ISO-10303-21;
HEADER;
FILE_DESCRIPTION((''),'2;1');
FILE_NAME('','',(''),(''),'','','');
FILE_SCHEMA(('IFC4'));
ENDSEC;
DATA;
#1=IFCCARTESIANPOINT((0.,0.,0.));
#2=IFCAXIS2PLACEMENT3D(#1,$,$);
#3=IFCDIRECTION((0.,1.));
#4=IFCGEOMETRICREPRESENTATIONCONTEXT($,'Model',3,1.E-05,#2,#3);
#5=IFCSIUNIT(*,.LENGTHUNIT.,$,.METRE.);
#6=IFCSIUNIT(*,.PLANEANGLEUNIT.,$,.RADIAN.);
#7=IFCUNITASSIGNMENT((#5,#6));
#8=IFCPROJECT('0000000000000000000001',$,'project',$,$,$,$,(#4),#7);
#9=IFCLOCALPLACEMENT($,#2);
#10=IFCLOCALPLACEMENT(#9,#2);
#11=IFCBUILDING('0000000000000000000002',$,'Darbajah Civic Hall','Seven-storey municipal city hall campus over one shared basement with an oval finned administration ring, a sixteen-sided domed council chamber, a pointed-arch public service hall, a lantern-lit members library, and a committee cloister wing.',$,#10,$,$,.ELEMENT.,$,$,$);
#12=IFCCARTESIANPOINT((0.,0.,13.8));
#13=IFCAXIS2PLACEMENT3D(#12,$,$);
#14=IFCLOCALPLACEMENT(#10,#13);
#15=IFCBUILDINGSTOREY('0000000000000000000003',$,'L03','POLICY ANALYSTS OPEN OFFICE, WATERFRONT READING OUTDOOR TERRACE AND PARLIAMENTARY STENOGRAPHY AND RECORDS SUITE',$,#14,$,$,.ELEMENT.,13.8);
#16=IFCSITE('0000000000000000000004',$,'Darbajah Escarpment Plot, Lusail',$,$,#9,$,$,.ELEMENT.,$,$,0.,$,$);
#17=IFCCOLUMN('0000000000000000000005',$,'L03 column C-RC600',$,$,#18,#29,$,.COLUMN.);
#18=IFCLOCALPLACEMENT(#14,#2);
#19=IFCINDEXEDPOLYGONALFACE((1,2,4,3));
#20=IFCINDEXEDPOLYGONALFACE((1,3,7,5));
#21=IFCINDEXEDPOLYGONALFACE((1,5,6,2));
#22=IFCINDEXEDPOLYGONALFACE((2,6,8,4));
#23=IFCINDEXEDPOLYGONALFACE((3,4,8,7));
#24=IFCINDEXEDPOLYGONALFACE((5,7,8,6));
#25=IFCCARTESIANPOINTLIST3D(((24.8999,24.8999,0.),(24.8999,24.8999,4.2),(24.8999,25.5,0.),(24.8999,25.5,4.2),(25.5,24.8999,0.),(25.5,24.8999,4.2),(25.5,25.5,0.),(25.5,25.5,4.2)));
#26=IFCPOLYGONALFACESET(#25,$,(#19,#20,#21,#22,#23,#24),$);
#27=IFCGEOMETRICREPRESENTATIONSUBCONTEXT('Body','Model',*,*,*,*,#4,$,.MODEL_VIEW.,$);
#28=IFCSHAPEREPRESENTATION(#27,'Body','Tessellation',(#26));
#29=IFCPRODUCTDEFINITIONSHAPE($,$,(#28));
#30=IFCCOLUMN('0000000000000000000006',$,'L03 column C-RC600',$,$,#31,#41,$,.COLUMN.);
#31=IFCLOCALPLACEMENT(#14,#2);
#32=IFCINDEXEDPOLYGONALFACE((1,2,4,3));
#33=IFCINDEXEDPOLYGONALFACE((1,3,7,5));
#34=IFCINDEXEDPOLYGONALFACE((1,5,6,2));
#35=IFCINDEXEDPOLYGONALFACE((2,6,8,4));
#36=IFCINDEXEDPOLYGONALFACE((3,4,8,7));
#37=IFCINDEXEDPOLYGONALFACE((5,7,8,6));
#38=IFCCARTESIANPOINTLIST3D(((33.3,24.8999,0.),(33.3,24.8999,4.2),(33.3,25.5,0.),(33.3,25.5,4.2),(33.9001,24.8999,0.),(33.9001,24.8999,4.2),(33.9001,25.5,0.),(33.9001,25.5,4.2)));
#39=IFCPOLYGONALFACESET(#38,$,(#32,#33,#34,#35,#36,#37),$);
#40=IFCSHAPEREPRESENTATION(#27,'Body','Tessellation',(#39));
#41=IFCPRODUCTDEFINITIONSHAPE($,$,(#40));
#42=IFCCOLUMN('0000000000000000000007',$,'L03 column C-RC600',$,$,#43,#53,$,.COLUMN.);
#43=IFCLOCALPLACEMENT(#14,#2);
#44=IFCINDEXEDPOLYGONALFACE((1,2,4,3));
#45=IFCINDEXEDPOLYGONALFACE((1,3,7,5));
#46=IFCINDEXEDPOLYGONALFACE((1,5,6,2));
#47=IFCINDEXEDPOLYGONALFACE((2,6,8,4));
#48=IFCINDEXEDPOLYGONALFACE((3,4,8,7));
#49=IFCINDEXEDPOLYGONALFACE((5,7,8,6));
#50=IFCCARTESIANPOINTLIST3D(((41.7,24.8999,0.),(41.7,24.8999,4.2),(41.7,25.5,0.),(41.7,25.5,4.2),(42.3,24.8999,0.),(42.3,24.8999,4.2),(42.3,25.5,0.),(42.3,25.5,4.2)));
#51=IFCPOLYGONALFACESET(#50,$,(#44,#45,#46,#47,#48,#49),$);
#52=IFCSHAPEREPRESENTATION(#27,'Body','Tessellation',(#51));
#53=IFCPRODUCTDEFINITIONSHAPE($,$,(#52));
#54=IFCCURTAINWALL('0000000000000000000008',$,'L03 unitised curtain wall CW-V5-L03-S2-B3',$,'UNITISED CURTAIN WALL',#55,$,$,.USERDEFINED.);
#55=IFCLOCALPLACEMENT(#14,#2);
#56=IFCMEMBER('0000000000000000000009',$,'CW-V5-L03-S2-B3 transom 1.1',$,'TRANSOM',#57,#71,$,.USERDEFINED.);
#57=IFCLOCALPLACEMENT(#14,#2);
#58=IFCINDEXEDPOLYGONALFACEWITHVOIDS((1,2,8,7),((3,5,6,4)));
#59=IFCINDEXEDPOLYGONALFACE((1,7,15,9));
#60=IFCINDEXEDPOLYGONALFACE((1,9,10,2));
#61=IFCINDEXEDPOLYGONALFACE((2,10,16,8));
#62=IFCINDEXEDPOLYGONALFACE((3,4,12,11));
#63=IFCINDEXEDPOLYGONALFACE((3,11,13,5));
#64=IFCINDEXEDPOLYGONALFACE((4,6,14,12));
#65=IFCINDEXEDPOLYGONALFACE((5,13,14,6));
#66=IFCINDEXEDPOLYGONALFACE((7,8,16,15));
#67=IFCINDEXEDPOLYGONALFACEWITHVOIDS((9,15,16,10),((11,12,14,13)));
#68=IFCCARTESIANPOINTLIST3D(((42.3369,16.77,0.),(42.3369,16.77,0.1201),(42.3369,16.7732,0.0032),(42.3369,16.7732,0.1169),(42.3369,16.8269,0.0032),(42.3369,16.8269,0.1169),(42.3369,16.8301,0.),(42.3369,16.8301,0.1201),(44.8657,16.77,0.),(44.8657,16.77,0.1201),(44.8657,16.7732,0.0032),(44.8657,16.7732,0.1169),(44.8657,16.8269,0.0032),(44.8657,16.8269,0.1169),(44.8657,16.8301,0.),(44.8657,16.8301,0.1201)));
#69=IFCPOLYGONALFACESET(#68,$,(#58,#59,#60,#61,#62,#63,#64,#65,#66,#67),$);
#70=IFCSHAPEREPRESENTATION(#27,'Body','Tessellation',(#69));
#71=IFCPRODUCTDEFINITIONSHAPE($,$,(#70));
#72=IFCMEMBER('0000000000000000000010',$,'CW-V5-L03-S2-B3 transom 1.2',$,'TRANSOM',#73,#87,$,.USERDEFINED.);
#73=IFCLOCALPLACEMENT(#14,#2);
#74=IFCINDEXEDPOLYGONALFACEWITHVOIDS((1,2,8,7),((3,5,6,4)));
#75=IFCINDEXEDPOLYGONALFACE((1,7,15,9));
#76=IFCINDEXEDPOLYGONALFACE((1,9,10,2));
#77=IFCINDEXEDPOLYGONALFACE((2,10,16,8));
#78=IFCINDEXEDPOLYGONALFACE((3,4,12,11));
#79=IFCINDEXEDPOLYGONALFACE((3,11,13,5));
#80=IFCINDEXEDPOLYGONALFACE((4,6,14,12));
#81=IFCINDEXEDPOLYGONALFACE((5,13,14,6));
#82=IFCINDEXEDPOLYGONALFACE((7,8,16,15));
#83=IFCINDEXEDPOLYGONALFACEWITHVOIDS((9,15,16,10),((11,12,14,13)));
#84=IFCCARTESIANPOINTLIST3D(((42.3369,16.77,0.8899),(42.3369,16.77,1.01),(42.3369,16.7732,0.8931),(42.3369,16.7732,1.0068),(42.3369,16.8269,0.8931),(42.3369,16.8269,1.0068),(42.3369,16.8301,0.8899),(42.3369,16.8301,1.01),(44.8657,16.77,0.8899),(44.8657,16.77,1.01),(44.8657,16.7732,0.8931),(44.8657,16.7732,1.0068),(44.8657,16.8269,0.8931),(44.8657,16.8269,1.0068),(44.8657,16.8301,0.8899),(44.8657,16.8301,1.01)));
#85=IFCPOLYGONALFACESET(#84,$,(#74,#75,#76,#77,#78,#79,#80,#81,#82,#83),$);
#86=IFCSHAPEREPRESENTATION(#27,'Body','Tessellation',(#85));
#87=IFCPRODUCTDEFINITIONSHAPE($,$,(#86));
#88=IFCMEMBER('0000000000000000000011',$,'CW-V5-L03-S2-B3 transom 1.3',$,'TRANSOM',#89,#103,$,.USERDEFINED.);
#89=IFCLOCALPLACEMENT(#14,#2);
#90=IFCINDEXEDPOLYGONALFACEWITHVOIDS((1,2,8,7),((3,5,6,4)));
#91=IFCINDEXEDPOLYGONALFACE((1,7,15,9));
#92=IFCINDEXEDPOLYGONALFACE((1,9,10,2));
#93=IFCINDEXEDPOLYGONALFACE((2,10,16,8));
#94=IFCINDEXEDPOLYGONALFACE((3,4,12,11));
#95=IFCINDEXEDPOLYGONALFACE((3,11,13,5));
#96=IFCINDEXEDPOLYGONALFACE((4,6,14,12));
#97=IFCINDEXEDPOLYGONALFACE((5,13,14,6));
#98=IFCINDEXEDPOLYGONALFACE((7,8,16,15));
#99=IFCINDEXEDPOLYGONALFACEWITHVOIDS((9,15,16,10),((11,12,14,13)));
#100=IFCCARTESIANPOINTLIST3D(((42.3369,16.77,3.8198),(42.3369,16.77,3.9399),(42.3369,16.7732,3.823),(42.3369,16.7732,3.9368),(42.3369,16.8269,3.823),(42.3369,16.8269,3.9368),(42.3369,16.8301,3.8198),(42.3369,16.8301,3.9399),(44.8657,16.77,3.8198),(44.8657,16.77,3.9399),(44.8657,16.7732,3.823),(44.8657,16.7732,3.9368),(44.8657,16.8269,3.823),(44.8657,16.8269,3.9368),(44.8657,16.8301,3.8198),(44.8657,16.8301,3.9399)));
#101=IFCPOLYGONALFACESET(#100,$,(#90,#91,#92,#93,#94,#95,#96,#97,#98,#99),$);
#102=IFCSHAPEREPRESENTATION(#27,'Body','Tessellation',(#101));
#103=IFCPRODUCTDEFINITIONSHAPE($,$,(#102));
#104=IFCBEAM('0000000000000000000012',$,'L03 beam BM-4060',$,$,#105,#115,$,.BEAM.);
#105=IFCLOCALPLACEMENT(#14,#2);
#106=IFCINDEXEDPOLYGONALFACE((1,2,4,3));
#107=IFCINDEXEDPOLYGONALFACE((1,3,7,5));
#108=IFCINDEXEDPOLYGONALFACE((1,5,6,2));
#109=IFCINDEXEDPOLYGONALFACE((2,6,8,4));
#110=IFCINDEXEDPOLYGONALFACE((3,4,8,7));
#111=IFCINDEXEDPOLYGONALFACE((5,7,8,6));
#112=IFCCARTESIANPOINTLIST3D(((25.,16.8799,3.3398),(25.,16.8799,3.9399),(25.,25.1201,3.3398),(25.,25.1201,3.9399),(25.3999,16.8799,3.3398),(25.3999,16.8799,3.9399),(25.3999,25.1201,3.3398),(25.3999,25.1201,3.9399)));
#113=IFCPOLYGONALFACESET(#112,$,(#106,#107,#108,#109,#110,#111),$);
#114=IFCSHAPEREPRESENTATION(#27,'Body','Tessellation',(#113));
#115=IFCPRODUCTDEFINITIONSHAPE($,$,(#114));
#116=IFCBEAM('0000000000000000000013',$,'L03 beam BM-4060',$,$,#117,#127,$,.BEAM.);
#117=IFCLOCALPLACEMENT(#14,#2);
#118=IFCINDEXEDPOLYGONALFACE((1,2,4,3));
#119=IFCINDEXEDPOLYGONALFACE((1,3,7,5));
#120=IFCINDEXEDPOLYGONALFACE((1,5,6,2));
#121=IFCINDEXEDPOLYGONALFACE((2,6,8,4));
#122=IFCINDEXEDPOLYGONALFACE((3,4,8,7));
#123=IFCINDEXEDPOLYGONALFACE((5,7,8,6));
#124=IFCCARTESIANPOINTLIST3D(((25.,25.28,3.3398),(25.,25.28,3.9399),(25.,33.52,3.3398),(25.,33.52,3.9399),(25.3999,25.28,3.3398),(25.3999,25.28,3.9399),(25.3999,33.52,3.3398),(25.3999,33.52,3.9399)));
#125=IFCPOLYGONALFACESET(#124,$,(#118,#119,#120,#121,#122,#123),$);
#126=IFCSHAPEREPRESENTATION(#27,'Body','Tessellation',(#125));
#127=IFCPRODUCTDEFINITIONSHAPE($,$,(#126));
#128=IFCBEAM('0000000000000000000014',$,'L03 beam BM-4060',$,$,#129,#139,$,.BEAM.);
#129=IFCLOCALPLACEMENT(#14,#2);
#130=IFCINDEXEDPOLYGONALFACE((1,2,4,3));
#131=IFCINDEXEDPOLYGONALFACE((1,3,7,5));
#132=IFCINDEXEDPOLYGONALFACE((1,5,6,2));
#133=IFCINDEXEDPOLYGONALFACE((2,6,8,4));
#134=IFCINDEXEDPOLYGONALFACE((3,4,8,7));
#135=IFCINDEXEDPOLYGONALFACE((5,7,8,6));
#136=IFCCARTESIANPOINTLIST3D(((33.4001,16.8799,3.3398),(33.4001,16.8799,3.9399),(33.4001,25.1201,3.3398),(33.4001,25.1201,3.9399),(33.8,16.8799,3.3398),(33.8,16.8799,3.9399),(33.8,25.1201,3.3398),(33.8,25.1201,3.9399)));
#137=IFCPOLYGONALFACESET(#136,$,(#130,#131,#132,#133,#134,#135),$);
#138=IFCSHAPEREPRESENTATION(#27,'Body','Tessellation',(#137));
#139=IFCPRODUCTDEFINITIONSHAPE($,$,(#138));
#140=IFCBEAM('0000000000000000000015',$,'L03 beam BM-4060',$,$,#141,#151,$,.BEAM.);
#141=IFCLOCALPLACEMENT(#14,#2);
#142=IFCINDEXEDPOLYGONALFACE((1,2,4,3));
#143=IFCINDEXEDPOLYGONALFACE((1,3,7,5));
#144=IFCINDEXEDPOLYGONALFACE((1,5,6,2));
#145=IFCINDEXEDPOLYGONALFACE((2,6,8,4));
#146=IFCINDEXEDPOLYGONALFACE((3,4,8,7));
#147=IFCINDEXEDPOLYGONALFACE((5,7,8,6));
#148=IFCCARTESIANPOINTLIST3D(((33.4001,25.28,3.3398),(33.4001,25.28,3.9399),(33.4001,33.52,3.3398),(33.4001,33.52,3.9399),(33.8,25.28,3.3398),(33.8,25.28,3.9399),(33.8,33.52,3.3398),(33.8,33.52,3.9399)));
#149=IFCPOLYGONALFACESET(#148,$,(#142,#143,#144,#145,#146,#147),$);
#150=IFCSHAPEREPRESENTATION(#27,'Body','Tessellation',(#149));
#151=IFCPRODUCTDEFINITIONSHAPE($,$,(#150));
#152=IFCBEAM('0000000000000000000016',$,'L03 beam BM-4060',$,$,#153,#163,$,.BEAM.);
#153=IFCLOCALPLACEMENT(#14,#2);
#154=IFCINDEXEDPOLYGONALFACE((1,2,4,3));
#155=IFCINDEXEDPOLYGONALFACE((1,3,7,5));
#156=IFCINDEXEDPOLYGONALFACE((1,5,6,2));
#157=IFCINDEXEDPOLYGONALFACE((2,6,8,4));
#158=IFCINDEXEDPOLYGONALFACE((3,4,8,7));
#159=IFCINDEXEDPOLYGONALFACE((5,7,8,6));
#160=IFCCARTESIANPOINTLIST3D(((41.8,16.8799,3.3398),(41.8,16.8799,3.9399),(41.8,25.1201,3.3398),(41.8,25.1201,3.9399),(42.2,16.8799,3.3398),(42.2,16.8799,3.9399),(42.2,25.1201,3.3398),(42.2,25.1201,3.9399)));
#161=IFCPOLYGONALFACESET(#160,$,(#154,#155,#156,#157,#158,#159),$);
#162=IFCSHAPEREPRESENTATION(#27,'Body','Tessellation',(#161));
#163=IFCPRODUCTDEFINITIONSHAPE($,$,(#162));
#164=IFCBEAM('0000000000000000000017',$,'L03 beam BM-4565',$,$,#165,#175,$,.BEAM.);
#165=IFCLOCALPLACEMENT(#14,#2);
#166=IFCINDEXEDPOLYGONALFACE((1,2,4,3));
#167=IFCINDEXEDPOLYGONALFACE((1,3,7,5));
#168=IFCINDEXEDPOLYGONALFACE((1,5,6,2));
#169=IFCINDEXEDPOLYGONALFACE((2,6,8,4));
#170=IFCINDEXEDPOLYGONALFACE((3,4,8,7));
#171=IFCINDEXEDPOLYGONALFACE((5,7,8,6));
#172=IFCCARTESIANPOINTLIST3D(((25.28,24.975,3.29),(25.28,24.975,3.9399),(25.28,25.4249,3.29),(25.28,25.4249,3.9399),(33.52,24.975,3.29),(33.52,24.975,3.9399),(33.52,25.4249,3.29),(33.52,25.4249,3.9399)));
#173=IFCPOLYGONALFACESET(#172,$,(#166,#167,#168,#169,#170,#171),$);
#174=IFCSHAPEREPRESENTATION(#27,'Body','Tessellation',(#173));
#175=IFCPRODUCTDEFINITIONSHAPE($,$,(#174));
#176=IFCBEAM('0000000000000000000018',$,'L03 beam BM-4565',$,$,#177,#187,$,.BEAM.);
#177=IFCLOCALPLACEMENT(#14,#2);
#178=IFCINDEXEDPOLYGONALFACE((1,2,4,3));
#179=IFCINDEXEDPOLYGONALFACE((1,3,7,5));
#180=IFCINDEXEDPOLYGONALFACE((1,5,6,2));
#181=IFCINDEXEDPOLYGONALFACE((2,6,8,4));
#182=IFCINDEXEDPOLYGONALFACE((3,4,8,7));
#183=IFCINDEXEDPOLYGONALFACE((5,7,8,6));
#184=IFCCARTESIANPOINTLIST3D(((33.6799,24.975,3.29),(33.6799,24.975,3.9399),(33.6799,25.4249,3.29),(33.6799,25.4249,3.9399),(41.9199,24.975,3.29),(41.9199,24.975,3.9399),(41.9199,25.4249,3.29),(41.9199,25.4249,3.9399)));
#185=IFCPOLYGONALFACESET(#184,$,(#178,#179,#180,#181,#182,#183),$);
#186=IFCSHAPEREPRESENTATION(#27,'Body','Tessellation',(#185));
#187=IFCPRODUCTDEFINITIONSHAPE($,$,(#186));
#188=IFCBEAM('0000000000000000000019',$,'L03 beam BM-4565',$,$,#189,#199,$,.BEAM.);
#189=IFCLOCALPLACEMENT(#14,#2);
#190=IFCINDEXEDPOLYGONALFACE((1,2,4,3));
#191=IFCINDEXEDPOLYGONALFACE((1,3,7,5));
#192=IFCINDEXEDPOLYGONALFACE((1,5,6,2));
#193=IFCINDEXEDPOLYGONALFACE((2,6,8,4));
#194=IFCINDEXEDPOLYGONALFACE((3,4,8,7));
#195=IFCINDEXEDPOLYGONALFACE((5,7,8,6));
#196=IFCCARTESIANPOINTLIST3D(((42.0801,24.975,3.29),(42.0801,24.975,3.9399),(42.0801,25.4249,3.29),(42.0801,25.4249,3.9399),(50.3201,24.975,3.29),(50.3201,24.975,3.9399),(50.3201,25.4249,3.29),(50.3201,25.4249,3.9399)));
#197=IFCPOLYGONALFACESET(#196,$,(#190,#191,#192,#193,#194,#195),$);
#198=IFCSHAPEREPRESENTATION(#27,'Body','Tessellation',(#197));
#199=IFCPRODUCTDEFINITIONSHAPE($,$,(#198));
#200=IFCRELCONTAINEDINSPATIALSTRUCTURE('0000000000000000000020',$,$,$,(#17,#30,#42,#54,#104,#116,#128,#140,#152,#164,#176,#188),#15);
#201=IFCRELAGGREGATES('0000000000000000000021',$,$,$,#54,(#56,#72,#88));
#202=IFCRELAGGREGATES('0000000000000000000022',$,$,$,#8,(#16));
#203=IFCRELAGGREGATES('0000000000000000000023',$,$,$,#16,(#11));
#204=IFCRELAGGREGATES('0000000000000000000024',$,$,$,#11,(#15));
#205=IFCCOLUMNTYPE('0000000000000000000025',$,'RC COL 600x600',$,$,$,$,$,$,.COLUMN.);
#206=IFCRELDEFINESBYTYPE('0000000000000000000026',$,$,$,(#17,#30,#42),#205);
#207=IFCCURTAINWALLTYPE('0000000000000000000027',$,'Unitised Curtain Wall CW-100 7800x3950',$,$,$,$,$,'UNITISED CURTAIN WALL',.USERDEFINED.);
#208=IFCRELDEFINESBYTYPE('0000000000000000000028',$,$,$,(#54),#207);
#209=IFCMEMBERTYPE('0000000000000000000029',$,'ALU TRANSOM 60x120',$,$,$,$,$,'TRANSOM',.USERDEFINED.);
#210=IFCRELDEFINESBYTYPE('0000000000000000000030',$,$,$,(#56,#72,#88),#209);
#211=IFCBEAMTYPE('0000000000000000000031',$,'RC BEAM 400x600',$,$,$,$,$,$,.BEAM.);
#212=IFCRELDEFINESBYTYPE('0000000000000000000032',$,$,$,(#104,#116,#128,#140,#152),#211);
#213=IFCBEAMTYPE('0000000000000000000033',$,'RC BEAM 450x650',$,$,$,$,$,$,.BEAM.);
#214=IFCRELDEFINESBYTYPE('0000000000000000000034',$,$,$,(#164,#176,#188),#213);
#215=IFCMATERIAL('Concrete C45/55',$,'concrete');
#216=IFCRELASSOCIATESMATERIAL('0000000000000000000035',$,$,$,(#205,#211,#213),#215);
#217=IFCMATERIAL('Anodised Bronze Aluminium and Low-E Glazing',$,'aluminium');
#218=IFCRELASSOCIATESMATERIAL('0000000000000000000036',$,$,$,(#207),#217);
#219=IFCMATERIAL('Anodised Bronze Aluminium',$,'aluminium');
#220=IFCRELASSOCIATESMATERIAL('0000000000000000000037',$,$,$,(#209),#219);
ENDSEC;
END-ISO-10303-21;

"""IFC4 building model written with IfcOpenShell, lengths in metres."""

from ifc_helpers import new_model, si_unit, direction, frame, origin, origin_2d, place, context, subcontext, project, spatial, rectangle, hollow_rectangle, extrude, material, material_profile, profile_set, type_object, element, aggregate, save


model = new_model("IFC4")

# Units and contexts
model_context = context("Model", 3, precision=1e-05, world=origin(), true_north=direction((0.0, 1.0)))
body_context = subcontext(model_context, "Body", "Model", "MODEL_VIEW")
ifc_project = project(units=[si_unit("LENGTHUNIT", "METRE"), si_unit("PLANEANGLEUNIT", "RADIAN")], contexts=[model_context])

# Site, building, storey
site_placement = place(None, origin())
site = spatial("IfcSite", under=ifc_project, at=site_placement, Name="Darbajah Escarpment Plot, Lusail", CompositionType="ELEMENT", RefElevation=0.0)
building_placement = place(site_placement, origin())
building = spatial("IfcBuilding", under=site, at=building_placement, Name="Darbajah Civic Hall", Description="Seven-storey municipal city hall campus over one shared basement with an oval finned administration ring, a sixteen-sided domed council chamber, a pointed-arch public service hall, a lantern-lit members library, and a committee cloister wing.", CompositionType="ELEMENT")
storey_placement = place(building_placement, frame((0.0, 0.0, 13.8)))
storey = spatial("IfcBuildingStorey", under=building, at=storey_placement, Name="L03", Description="POLICY ANALYSTS OPEN OFFICE, WATERFRONT READING OUTDOOR TERRACE AND PARLIAMENTARY STENOGRAPHY AND RECORDS SUITE", CompositionType="ELEMENT", Elevation=13.8)

# Columns
ifc_material_1 = material(Name="Concrete C45/55", Category="concrete")
ifc_material_profile_1 = material_profile(ifc_material_1, rectangle(XDim=0.6001, YDim=0.6001, at=origin_2d()), Name="RC COL 600x600")
ifc_profile_set_1 = profile_set([ifc_material_profile_1], Name="Concrete C45/55")
column_type = type_object("IfcColumnType", Name="RC COL 600x600", PredefinedType="COLUMN", material=ifc_profile_set_1)
for number, where, z_axis, x_axis, name in (
    (1, (25.2, 25.2, 0.0), (0.0, 0.0, 1.0), (1.0, 0.0, 0.0), "L03 column C-RC600"),
    (2, (33.6001, 25.2, 0.0), (0.0, 0.0, 1.0), (1.0, 0.0, 0.0), "L03 column C-RC600"),
    (3, (42.0, 25.2, 0.0), (0.0, 0.0, 1.0), (1.0, 0.0, 0.0), "L03 column C-RC600"),
):
    element("IfcColumn", number, at=place(storey_placement, frame(where, z_axis=z_axis, x_axis=x_axis)), inside=storey, type_object=column_type, Name=name, PredefinedType="COLUMN", context=body_context, shape_type="SweptSolid", body=[
        extrude(rectangle(XDim=0.6001, YDim=0.6001, at=origin_2d()), origin(), (0.0, 0.0, 1.0), 4.2),
    ])

# Curtain wall, members
ifc_material_2 = material(Name="Anodised Bronze Aluminium and Low-E Glazing", Category="aluminium")
curtain_wall_type = type_object("IfcCurtainWallType", Name="Unitised Curtain Wall CW-100 7800x3950", ElementType="UNITISED CURTAIN WALL", PredefinedType="USERDEFINED", material=ifc_material_2)
curtain_wall_placement = place(storey_placement, origin())
curtain_wall = element("IfcCurtainWall", 4, at=curtain_wall_placement, inside=storey, type_object=curtain_wall_type, Name="L03 unitised curtain wall CW-V5-L03-S2-B3", ObjectType="UNITISED CURTAIN WALL", PredefinedType="USERDEFINED")
ifc_material_3 = material(Name="Anodised Bronze Aluminium", Category="aluminium")
ifc_material_profile_2 = material_profile(ifc_material_3, hollow_rectangle(XDim=0.0601, YDim=0.1201, WallThickness=0.0032, at=origin_2d()), Name="ALU TRANSOM 60x120")
ifc_profile_set_2 = profile_set([ifc_material_profile_2], Name="Anodised Bronze Aluminium")
member_type = type_object("IfcMemberType", Name="ALU TRANSOM 60x120", ElementType="TRANSOM", PredefinedType="USERDEFINED", material=ifc_profile_set_2)
member_1_placement = place(storey_placement, frame((42.3369, 16.8, 0.0601), z_axis=(1.0, 0.0, 0.0), x_axis=(0.0, 1.0, 0.0)))
member_1 = element("IfcMember", 5, at=member_1_placement, type_object=member_type, Name="CW-V5-L03-S2-B3 transom 1.1", ObjectType="TRANSOM", PredefinedType="USERDEFINED", context=body_context, shape_type="SweptSolid", body=[
    extrude(hollow_rectangle(XDim=0.0601, YDim=0.1201, WallThickness=0.0032, at=origin_2d()), origin(), (0.0, 0.0, 1.0), 2.5288),
])
member_2_placement = place(storey_placement, frame((42.3369, 16.8, 0.95), z_axis=(1.0, 0.0, 0.0), x_axis=(0.0, 1.0, 0.0)))
member_2 = element("IfcMember", 6, at=member_2_placement, type_object=member_type, Name="CW-V5-L03-S2-B3 transom 1.2", ObjectType="TRANSOM", PredefinedType="USERDEFINED", context=body_context, shape_type="SweptSolid", body=[
    extrude(hollow_rectangle(XDim=0.0601, YDim=0.1201, WallThickness=0.0032, at=origin_2d()), origin(), (0.0, 0.0, 1.0), 2.5288),
])
member_3_placement = place(storey_placement, frame((42.3369, 16.8, 3.8799), z_axis=(1.0, 0.0, 0.0), x_axis=(0.0, 1.0, 0.0)))
member_3 = element("IfcMember", 7, at=member_3_placement, type_object=member_type, Name="CW-V5-L03-S2-B3 transom 1.3", ObjectType="TRANSOM", PredefinedType="USERDEFINED", context=body_context, shape_type="SweptSolid", body=[
    extrude(hollow_rectangle(XDim=0.0601, YDim=0.1201, WallThickness=0.0032, at=origin_2d()), origin(), (0.0, 0.0, 1.0), 2.5288),
])

# Beams
ifc_material_profile_3 = material_profile(ifc_material_1, rectangle(XDim=0.3999, YDim=0.6001, at=origin_2d()), Name="RC BEAM 400x600")
ifc_profile_set_3 = profile_set([ifc_material_profile_3], Name="Concrete C45/55")
beam_type_1 = type_object("IfcBeamType", Name="RC BEAM 400x600", PredefinedType="BEAM", material=ifc_profile_set_3)
beam_1_placement = place(storey_placement, frame((25.2, 16.8799, 3.6399), z_axis=(0.0, 1.0, 0.0), x_axis=(-1.0, 0.0, 0.0)))
element("IfcBeam", 8, at=beam_1_placement, inside=storey, type_object=beam_type_1, Name="L03 beam BM-4060", PredefinedType="BEAM", context=body_context, shape_type="SweptSolid", body=[
    extrude(rectangle(XDim=0.3999, YDim=0.6001, at=origin_2d()), origin(), (0.0, 0.0, 1.0), 8.2402),
])
beam_2_placement = place(storey_placement, frame((25.2, 25.28, 3.6399), z_axis=(0.0, 1.0, 0.0), x_axis=(-1.0, 0.0, 0.0)))
element("IfcBeam", 9, at=beam_2_placement, inside=storey, type_object=beam_type_1, Name="L03 beam BM-4060", PredefinedType="BEAM", context=body_context, shape_type="SweptSolid", body=[
    extrude(rectangle(XDim=0.3999, YDim=0.6001, at=origin_2d()), origin(), (0.0, 0.0, 1.0), 8.24),
])
beam_3_placement = place(storey_placement, frame((33.6001, 16.8799, 3.6399), z_axis=(0.0, 1.0, 0.0), x_axis=(-1.0, 0.0, 0.0)))
element("IfcBeam", 10, at=beam_3_placement, inside=storey, type_object=beam_type_1, Name="L03 beam BM-4060", PredefinedType="BEAM", context=body_context, shape_type="SweptSolid", body=[
    extrude(rectangle(XDim=0.3999, YDim=0.6001, at=origin_2d()), origin(), (0.0, 0.0, 1.0), 8.2402),
])
beam_4_placement = place(storey_placement, frame((33.6001, 25.28, 3.6399), z_axis=(0.0, 1.0, 0.0), x_axis=(-1.0, 0.0, 0.0)))
element("IfcBeam", 11, at=beam_4_placement, inside=storey, type_object=beam_type_1, Name="L03 beam BM-4060", PredefinedType="BEAM", context=body_context, shape_type="SweptSolid", body=[
    extrude(rectangle(XDim=0.3999, YDim=0.6001, at=origin_2d()), origin(), (0.0, 0.0, 1.0), 8.24),
])
beam_5_placement = place(storey_placement, frame((42.0, 16.8799, 3.6399), z_axis=(0.0, 1.0, 0.0), x_axis=(-1.0, 0.0, 0.0)))
element("IfcBeam", 12, at=beam_5_placement, inside=storey, type_object=beam_type_1, Name="L03 beam BM-4060", PredefinedType="BEAM", context=body_context, shape_type="SweptSolid", body=[
    extrude(rectangle(XDim=0.3999, YDim=0.6001, at=origin_2d()), origin(), (0.0, 0.0, 1.0), 8.2402),
])
ifc_material_profile_4 = material_profile(ifc_material_1, rectangle(XDim=0.45, YDim=0.6499, at=origin_2d()), Name="RC BEAM 450x650")
ifc_profile_set_4 = profile_set([ifc_material_profile_4], Name="Concrete C45/55")
beam_type_2 = type_object("IfcBeamType", Name="RC BEAM 450x650", PredefinedType="BEAM", material=ifc_profile_set_4)
for number, where, z_axis, x_axis, name in (
    (13, (25.28, 25.2, 3.615), (1.0, 0.0, 0.0), (0.0, 1.0, 0.0), "L03 beam BM-4565"),
    (14, (33.6799, 25.2, 3.615), (1.0, 0.0, 0.0), (0.0, 1.0, 0.0), "L03 beam BM-4565"),
    (15, (42.0801, 25.2, 3.615), (1.0, 0.0, 0.0), (0.0, 1.0, 0.0), "L03 beam BM-4565"),
):
    element("IfcBeam", number, at=place(storey_placement, frame(where, z_axis=z_axis, x_axis=x_axis)), inside=storey, type_object=beam_type_2, Name=name, PredefinedType="BEAM", context=body_context, shape_type="SweptSolid", body=[
        extrude(rectangle(XDim=0.45, YDim=0.6499, at=origin_2d()), origin(), (0.0, 0.0, 1.0), 8.24),
    ])

aggregate(curtain_wall, [member_1, member_2, member_3])

save(model, "model.ifc")
